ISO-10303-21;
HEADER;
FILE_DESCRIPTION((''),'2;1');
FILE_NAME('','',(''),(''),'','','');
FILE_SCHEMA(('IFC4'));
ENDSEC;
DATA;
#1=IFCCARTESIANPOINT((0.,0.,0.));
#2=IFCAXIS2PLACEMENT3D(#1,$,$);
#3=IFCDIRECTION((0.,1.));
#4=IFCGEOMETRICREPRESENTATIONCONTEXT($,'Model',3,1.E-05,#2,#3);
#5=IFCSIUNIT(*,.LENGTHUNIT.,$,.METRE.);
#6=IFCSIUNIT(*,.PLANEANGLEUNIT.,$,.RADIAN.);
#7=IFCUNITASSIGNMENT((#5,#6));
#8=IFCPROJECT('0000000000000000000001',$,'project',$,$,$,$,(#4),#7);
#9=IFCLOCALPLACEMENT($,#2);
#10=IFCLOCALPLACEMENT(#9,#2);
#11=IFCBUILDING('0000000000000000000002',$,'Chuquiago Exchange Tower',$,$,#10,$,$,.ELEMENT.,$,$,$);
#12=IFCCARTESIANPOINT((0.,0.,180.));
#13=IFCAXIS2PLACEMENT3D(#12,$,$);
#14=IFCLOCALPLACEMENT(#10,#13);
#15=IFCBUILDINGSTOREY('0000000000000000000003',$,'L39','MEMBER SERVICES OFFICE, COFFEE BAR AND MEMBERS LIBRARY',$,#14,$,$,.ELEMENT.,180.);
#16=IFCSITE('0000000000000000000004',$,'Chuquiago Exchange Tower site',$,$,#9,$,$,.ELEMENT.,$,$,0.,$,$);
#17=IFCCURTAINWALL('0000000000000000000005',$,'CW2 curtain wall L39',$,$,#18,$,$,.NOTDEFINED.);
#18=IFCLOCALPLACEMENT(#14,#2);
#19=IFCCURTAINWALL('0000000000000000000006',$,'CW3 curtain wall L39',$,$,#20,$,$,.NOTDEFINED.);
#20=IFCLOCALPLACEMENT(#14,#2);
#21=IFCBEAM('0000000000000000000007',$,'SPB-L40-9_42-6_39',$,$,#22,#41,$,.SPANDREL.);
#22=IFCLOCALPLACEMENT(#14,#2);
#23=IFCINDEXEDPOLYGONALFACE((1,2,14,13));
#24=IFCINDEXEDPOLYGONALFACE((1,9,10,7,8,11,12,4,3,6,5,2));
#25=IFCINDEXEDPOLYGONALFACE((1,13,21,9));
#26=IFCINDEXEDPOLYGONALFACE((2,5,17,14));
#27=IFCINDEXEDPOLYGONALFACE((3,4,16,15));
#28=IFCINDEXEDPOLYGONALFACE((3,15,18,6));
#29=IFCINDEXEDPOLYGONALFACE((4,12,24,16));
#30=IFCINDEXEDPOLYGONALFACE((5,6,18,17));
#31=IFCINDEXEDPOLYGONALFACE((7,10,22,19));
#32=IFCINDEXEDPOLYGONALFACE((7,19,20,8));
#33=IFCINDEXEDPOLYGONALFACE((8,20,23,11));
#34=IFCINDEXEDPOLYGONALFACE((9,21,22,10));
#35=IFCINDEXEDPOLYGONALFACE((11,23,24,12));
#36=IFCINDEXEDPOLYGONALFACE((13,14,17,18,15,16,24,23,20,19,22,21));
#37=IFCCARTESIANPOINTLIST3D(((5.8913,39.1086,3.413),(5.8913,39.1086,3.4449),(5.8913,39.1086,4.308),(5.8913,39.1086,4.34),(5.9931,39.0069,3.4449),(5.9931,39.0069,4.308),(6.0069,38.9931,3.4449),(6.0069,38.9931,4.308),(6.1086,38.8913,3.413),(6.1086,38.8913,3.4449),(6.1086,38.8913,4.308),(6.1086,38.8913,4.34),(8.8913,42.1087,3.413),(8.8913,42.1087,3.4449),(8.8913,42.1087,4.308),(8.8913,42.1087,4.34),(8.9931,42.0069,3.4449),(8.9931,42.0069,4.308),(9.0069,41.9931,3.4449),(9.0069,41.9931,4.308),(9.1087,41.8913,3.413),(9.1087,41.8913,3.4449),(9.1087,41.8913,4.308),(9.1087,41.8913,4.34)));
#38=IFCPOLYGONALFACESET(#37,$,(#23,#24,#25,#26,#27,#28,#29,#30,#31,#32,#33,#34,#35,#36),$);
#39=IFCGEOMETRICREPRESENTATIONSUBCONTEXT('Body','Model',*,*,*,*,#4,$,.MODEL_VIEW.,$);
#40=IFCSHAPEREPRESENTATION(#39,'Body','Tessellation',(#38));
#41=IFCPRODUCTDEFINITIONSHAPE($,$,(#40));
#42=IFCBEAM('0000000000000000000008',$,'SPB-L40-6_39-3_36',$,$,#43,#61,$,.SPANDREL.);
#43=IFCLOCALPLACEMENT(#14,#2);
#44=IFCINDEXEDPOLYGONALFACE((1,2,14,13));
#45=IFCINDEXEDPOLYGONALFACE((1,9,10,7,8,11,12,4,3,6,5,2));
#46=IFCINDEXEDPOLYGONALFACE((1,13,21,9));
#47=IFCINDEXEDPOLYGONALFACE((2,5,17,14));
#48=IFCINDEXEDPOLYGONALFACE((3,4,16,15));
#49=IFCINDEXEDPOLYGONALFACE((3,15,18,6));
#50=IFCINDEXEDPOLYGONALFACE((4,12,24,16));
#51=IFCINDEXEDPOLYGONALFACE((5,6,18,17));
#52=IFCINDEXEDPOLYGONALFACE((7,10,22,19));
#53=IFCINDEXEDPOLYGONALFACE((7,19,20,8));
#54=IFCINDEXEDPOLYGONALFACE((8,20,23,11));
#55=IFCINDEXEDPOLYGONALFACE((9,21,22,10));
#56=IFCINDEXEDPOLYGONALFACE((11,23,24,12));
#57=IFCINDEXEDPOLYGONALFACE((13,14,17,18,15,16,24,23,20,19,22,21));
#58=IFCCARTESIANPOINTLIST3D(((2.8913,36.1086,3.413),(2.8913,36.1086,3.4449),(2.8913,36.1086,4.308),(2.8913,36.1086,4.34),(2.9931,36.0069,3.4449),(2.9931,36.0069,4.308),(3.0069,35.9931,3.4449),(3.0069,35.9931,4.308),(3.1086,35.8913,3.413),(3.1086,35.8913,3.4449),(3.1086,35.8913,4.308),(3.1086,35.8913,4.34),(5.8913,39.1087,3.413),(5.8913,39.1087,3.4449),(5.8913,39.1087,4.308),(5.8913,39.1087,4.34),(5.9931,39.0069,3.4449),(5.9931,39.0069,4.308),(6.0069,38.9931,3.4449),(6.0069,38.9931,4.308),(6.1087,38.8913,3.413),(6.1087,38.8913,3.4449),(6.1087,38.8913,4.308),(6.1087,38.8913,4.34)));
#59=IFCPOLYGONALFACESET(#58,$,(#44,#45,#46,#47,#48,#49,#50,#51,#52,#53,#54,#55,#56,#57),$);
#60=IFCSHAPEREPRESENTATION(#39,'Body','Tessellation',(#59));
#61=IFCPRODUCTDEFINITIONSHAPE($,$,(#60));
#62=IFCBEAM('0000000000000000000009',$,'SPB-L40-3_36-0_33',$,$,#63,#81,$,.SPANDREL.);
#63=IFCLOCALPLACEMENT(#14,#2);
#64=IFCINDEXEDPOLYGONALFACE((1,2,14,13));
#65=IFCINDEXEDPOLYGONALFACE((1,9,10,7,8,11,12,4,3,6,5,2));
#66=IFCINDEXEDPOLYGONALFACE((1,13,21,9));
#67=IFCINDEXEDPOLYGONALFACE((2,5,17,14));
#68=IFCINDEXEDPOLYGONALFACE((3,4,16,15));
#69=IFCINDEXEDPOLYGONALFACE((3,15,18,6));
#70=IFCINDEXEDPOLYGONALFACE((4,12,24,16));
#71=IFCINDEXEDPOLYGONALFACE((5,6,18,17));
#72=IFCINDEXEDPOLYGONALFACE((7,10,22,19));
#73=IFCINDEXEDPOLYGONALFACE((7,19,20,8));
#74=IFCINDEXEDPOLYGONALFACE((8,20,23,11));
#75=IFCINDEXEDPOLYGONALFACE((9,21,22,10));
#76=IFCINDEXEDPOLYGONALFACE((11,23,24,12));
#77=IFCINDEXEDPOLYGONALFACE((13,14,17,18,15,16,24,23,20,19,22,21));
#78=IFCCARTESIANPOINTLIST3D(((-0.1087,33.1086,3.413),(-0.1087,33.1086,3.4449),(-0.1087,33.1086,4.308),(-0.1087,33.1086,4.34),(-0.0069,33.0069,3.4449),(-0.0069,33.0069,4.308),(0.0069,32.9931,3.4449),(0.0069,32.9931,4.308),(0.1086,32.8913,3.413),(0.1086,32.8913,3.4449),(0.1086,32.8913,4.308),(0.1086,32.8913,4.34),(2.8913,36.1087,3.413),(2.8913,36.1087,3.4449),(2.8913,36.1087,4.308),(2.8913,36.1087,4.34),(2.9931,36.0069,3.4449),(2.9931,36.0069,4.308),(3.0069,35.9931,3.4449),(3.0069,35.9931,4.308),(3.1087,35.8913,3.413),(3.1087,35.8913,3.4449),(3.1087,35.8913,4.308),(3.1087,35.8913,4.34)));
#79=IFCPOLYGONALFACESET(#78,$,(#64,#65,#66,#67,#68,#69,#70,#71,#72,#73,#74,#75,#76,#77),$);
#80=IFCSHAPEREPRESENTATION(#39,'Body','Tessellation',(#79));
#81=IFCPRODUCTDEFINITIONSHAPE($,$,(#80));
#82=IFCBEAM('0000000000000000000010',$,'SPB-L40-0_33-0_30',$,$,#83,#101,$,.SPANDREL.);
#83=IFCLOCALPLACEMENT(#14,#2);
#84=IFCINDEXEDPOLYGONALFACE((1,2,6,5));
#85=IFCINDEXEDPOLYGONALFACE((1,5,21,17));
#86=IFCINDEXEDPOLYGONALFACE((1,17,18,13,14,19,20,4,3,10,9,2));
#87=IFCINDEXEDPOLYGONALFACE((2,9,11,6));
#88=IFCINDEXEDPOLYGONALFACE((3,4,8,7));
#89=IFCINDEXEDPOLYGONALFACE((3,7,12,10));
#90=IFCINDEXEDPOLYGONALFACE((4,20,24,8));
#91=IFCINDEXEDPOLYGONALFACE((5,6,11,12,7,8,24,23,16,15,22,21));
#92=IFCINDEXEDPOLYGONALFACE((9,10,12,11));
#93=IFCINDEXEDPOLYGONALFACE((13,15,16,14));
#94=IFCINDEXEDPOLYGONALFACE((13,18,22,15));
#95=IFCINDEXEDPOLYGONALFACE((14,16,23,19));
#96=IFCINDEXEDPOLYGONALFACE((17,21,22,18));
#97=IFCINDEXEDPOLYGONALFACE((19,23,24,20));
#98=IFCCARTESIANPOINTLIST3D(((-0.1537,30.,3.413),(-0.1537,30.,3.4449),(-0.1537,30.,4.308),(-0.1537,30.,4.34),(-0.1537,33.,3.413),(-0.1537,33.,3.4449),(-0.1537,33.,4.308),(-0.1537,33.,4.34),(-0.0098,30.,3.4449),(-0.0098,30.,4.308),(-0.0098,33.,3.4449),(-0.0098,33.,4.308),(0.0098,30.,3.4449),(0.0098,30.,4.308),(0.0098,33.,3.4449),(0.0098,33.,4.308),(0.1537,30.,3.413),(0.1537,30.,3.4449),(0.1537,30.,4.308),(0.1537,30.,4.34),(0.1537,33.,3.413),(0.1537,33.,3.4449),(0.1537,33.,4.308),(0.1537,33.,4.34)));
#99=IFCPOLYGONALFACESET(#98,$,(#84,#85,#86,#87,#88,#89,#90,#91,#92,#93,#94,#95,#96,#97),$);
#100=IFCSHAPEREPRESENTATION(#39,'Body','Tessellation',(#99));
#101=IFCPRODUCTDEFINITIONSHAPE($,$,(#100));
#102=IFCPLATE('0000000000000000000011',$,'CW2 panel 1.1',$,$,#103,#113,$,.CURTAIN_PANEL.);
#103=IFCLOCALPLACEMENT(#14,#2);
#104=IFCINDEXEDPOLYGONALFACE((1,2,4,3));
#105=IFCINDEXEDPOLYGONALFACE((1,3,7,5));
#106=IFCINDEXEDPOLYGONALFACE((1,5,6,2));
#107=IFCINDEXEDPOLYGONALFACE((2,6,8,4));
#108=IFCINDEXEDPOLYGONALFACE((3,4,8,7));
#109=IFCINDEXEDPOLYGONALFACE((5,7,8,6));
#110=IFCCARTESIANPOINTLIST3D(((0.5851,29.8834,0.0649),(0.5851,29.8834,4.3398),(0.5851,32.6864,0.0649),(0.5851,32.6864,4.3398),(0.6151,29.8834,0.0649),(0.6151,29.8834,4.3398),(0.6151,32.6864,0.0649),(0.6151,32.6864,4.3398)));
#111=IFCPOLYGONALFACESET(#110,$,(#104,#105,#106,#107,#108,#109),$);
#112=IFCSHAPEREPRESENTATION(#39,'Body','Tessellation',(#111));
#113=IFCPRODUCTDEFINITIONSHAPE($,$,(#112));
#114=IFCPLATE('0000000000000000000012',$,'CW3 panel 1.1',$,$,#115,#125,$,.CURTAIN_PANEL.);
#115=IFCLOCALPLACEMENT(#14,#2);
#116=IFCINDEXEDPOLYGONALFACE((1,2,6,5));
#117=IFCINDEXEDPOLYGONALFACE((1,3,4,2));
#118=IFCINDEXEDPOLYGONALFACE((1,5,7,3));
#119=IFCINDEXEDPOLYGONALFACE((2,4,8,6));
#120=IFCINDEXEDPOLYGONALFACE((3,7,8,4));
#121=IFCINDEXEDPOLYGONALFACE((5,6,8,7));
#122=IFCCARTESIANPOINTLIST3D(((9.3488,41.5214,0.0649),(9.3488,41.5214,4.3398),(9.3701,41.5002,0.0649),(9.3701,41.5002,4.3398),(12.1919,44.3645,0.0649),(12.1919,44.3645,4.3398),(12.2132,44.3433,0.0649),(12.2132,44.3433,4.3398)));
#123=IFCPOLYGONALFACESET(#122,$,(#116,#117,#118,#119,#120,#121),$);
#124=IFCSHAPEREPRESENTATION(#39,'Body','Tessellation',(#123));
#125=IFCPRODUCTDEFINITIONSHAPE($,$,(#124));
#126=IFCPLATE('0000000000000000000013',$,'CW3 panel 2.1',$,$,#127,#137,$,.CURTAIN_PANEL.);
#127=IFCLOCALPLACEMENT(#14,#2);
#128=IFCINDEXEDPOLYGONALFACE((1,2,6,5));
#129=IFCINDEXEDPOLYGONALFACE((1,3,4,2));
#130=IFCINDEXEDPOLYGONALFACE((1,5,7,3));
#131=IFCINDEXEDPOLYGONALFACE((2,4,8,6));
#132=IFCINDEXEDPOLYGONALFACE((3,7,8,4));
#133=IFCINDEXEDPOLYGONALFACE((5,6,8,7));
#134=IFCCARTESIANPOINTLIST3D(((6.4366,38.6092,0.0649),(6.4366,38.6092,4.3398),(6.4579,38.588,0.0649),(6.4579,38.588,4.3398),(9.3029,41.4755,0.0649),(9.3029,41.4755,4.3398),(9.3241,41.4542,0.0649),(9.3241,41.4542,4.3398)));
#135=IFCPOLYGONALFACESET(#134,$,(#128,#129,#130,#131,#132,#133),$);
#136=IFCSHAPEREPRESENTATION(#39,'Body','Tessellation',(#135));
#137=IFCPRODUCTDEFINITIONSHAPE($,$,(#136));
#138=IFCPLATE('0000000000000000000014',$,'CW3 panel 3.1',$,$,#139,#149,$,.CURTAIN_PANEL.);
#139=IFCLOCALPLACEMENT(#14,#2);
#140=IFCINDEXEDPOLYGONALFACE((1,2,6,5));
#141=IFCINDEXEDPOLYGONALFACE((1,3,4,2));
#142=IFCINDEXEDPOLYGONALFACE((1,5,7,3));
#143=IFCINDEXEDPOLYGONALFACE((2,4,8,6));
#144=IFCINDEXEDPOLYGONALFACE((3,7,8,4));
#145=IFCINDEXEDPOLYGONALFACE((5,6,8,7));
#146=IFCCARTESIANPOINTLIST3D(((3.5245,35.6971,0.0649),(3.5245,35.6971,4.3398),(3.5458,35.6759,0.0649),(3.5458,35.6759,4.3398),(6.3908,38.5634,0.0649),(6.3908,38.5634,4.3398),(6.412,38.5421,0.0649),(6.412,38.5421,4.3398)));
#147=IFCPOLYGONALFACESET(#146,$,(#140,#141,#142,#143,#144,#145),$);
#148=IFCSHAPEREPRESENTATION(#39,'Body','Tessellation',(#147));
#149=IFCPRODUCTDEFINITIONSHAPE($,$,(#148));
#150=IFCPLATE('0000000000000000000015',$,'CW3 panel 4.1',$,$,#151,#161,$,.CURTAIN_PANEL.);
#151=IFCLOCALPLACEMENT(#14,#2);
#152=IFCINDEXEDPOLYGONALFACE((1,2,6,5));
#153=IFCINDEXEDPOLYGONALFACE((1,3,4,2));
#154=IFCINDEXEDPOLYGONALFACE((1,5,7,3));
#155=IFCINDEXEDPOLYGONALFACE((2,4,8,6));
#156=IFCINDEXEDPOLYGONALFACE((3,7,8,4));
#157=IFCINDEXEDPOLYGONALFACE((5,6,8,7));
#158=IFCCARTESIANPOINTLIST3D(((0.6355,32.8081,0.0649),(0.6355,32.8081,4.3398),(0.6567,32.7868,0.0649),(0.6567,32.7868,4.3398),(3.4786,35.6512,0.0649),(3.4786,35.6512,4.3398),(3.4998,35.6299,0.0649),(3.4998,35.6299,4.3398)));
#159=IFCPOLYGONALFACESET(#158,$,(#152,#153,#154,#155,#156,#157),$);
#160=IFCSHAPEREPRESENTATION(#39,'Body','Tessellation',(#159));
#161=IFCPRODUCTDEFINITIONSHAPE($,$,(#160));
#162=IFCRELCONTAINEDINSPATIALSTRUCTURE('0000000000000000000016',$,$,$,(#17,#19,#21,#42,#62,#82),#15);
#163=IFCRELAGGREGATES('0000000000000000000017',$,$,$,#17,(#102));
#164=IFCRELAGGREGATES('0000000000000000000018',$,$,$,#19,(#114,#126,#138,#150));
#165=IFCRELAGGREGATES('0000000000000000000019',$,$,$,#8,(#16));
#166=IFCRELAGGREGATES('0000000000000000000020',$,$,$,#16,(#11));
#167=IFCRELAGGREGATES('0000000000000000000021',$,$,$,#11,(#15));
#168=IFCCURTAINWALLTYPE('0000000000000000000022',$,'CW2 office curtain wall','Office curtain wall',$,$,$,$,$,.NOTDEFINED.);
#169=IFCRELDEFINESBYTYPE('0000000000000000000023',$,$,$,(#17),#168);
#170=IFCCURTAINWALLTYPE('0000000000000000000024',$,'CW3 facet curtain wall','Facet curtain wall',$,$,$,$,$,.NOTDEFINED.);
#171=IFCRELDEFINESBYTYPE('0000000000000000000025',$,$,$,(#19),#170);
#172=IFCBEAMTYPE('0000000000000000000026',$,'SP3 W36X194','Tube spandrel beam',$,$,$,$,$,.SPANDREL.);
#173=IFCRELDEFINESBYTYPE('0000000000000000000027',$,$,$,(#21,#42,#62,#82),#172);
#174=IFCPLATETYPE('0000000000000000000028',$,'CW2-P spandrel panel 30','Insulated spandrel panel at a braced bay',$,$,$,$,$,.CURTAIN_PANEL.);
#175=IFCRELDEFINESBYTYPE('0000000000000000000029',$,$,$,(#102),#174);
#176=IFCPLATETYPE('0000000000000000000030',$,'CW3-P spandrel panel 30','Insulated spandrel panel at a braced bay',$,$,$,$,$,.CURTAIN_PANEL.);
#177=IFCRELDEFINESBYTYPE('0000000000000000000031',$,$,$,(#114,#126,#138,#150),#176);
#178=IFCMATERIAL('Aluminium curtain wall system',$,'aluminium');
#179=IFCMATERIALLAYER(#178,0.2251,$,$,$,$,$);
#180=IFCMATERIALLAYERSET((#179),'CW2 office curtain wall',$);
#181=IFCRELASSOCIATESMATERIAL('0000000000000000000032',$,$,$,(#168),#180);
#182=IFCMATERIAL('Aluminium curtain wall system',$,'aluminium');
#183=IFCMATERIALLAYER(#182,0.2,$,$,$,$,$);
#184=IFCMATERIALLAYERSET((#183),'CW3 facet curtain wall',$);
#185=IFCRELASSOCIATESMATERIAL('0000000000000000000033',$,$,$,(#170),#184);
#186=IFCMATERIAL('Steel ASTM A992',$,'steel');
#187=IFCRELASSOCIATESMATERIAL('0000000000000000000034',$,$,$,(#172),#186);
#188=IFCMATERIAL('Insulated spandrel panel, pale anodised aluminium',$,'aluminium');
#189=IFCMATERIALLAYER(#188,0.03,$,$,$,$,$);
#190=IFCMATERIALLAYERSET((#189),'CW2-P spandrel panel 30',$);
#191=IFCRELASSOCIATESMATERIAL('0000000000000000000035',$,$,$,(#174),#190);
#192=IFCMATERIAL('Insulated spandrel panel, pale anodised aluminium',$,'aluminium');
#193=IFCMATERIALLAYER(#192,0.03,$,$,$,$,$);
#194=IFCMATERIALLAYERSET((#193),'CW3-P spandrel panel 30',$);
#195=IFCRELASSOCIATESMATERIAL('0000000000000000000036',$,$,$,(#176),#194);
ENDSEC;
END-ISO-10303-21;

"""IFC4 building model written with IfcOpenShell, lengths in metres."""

from ifc_helpers import new_model, si_unit, direction, frame, origin, origin_2d, place, context, subcontext, project, spatial, rectangle, i_section, extrude, material, layer, layer_set, material_profile, profile_set, type_object, element, aggregate, save


model = new_model("IFC4")

# Units and contexts
model_context = context("Model", 3, precision=1e-05, world=origin(), true_north=direction((0.0, 1.0)))
body_context = subcontext(model_context, "Body", "Model", "MODEL_VIEW")
ifc_project = project(units=[si_unit("LENGTHUNIT", "METRE"), si_unit("PLANEANGLEUNIT", "RADIAN")], contexts=[model_context])

# Site, building, storey
site_placement = place(None, origin())
site = spatial("IfcSite", under=ifc_project, at=site_placement, Name="Chuquiago Exchange Tower site", CompositionType="ELEMENT", RefElevation=0.0)
building_placement = place(site_placement, origin())
building = spatial("IfcBuilding", under=site, at=building_placement, Name="Chuquiago Exchange Tower", CompositionType="ELEMENT")
storey_placement = place(building_placement, frame((0.0, 0.0, 180.0)))
storey = spatial("IfcBuildingStorey", under=building, at=storey_placement, Name="L39", Description="MEMBER SERVICES OFFICE, COFFEE BAR AND MEMBERS LIBRARY", CompositionType="ELEMENT", Elevation=180.0)

# Curtain walls
ifc_material_1 = material(Name="Aluminium curtain wall system", Category="aluminium")
ifc_layer_1 = layer(ifc_material_1, 0.2251)
ifc_layer_set_1 = layer_set([ifc_layer_1], Name="CW2 office curtain wall")
curtain_wall_type_1 = type_object("IfcCurtainWallType", Name="CW2 office curtain wall", Description="Office curtain wall", PredefinedType="NOTDEFINED", material=ifc_layer_set_1)
curtain_wall_1_placement = place(storey_placement, origin())
curtain_wall_1 = element("IfcCurtainWall", 1, at=curtain_wall_1_placement, inside=storey, type_object=curtain_wall_type_1, Name="CW2 curtain wall L39", PredefinedType="NOTDEFINED")
ifc_material_2 = material(Name="Aluminium curtain wall system", Category="aluminium")
ifc_layer_2 = layer(ifc_material_2, 0.2)
ifc_layer_set_2 = layer_set([ifc_layer_2], Name="CW3 facet curtain wall")
curtain_wall_type_2 = type_object("IfcCurtainWallType", Name="CW3 facet curtain wall", Description="Facet curtain wall", PredefinedType="NOTDEFINED", material=ifc_layer_set_2)
curtain_wall_2_placement = place(storey_placement, origin())
curtain_wall_2 = element("IfcCurtainWall", 2, at=curtain_wall_2_placement, inside=storey, type_object=curtain_wall_type_2, Name="CW3 curtain wall L39", PredefinedType="NOTDEFINED")

# Beams
ifc_material_3 = material(Name="Steel ASTM A992", Category="steel")
ifc_material_profile_1 = material_profile(ifc_material_3, i_section(OverallWidth=0.3074, OverallDepth=0.927, WebThickness=0.0195, FlangeThickness=0.032, at=origin_2d()), Name="W36X194")
ifc_profile_set_1 = profile_set([ifc_material_profile_1], Name="Steel ASTM A992")
beam_type_1 = type_object("IfcBeamType", Name="SP3 W36X194", Description="Tube spandrel beam", PredefinedType="SPANDREL", material=ifc_profile_set_1)
for number, where, z_axis, x_axis, name in (
    (3, (9.0, 42.0, 3.8765), (-0.707107, -0.707107, 0.0), (0.707107, -0.707107, 0.0), "SPB-L40-9_42-6_39"),
    (4, (6.0, 39.0, 3.8765), (-0.707107, -0.707107, 0.0), (0.707107, -0.707107, 0.0), "SPB-L40-6_39-3_36"),
    (5, (3.0, 36.0, 3.8765), (-0.707107, -0.707107, 0.0), (0.707107, -0.707107, 0.0), "SPB-L40-3_36-0_33"),
):
    element("IfcBeam", number, at=place(storey_placement, frame(where, z_axis=z_axis, x_axis=x_axis)), inside=storey, type_object=beam_type_1, Name=name, PredefinedType="SPANDREL", context=body_context, shape_type="SweptSolid", body=[
        extrude(i_section(OverallWidth=0.3074, OverallDepth=0.927, WebThickness=0.0195, FlangeThickness=0.032, at=origin_2d()), origin(), (0.0, 0.0, 1.0), 4.2427),
    ])
beam_1_placement = place(storey_placement, frame((0.0, 33.0, 3.8765), z_axis=(0.0, -1.0, 0.0), x_axis=(1.0, 0.0, 0.0)))
element("IfcBeam", 6, at=beam_1_placement, inside=storey, type_object=beam_type_1, Name="SPB-L40-0_33-0_30", PredefinedType="SPANDREL", context=body_context, shape_type="SweptSolid", body=[
    extrude(i_section(OverallWidth=0.3074, OverallDepth=0.927, WebThickness=0.0195, FlangeThickness=0.032, at=origin_2d()), origin(), (0.0, 0.0, 1.0), 3.0),
])

# Plates
ifc_material_4 = material(Name="Insulated spandrel panel, pale anodised aluminium", Category="aluminium")
ifc_layer_3 = layer(ifc_material_4, 0.03)
ifc_layer_set_3 = layer_set([ifc_layer_3], Name="CW2-P spandrel panel 30")
plate_type_1 = type_object("IfcPlateType", Name="CW2-P spandrel panel 30", Description="Insulated spandrel panel at a braced bay", PredefinedType="CURTAIN_PANEL", material=ifc_layer_set_3)
plate_1_placement = place(storey_placement, frame((0.6001, 31.2849, 0.0649), z_axis=(0.0, 0.0, 1.0), x_axis=(0.0, -1.0, 0.0)))
plate_1 = element("IfcPlate", 7, at=plate_1_placement, type_object=plate_type_1, Name="CW2 panel 1.1", PredefinedType="CURTAIN_PANEL", context=body_context, shape_type="SweptSolid", body=[
    extrude(rectangle(XDim=2.803, YDim=0.03, at=origin_2d()), origin(), (0.0, 0.0, 1.0), 4.2749),
])
aggregate(curtain_wall_1, [plate_1])
ifc_material_5 = material(Name="Insulated spandrel panel, pale anodised aluminium", Category="aluminium")
ifc_layer_4 = layer(ifc_material_5, 0.03)
ifc_layer_set_4 = layer_set([ifc_layer_4], Name="CW3-P spandrel panel 30")
plate_type_2 = type_object("IfcPlateType", Name="CW3-P spandrel panel 30", Description="Insulated spandrel panel at a braced bay", PredefinedType="CURTAIN_PANEL", material=ifc_layer_set_4)
plate_2_placement = place(storey_placement, frame((10.781, 42.9324, 0.0649), z_axis=(0.0, 0.0, 1.0), x_axis=(-0.707107, -0.707107, 0.0)))
plate_2 = element("IfcPlate", 8, at=plate_2_placement, type_object=plate_type_2, Name="CW3 panel 1.1", PredefinedType="CURTAIN_PANEL", context=body_context, shape_type="SweptSolid", body=[
    extrude(rectangle(XDim=4.0208, YDim=0.03, at=origin_2d()), origin(), (0.0, 0.0, 1.0), 4.2749),
])
plate_3_placement = place(storey_placement, frame((7.8804, 40.0317, 0.0649), z_axis=(0.0, 0.0, 1.0), x_axis=(-0.707107, -0.707107, 0.0)))
plate_3 = element("IfcPlate", 9, at=plate_3_placement, type_object=plate_type_2, Name="CW3 panel 2.1", PredefinedType="CURTAIN_PANEL", context=body_context, shape_type="SweptSolid", body=[
    extrude(rectangle(XDim=4.0535, YDim=0.03, at=origin_2d()), origin(), (0.0, 0.0, 1.0), 4.2749),
])
plate_4_placement = place(storey_placement, frame((4.9683, 37.1196, 0.0649), z_axis=(0.0, 0.0, 1.0), x_axis=(-0.707107, -0.707107, 0.0)))
plate_4 = element("IfcPlate", 10, at=plate_4_placement, type_object=plate_type_2, Name="CW3 panel 3.1", PredefinedType="CURTAIN_PANEL", context=body_context, shape_type="SweptSolid", body=[
    extrude(rectangle(XDim=4.0535, YDim=0.03, at=origin_2d()), origin(), (0.0, 0.0, 1.0), 4.2749),
])
plate_5_placement = place(storey_placement, frame((2.0676, 34.219, 0.0649), z_axis=(0.0, 0.0, 1.0), x_axis=(-0.707107, -0.707107, 0.0)))
plate_5 = element("IfcPlate", 11, at=plate_5_placement, type_object=plate_type_2, Name="CW3 panel 4.1", PredefinedType="CURTAIN_PANEL", context=body_context, shape_type="SweptSolid", body=[
    extrude(rectangle(XDim=4.0208, YDim=0.03, at=origin_2d()), origin(), (0.0, 0.0, 1.0), 4.2749),
])
aggregate(curtain_wall_2, [plate_2, plate_3, plate_4, plate_5])

save(model, "model.ifc")
